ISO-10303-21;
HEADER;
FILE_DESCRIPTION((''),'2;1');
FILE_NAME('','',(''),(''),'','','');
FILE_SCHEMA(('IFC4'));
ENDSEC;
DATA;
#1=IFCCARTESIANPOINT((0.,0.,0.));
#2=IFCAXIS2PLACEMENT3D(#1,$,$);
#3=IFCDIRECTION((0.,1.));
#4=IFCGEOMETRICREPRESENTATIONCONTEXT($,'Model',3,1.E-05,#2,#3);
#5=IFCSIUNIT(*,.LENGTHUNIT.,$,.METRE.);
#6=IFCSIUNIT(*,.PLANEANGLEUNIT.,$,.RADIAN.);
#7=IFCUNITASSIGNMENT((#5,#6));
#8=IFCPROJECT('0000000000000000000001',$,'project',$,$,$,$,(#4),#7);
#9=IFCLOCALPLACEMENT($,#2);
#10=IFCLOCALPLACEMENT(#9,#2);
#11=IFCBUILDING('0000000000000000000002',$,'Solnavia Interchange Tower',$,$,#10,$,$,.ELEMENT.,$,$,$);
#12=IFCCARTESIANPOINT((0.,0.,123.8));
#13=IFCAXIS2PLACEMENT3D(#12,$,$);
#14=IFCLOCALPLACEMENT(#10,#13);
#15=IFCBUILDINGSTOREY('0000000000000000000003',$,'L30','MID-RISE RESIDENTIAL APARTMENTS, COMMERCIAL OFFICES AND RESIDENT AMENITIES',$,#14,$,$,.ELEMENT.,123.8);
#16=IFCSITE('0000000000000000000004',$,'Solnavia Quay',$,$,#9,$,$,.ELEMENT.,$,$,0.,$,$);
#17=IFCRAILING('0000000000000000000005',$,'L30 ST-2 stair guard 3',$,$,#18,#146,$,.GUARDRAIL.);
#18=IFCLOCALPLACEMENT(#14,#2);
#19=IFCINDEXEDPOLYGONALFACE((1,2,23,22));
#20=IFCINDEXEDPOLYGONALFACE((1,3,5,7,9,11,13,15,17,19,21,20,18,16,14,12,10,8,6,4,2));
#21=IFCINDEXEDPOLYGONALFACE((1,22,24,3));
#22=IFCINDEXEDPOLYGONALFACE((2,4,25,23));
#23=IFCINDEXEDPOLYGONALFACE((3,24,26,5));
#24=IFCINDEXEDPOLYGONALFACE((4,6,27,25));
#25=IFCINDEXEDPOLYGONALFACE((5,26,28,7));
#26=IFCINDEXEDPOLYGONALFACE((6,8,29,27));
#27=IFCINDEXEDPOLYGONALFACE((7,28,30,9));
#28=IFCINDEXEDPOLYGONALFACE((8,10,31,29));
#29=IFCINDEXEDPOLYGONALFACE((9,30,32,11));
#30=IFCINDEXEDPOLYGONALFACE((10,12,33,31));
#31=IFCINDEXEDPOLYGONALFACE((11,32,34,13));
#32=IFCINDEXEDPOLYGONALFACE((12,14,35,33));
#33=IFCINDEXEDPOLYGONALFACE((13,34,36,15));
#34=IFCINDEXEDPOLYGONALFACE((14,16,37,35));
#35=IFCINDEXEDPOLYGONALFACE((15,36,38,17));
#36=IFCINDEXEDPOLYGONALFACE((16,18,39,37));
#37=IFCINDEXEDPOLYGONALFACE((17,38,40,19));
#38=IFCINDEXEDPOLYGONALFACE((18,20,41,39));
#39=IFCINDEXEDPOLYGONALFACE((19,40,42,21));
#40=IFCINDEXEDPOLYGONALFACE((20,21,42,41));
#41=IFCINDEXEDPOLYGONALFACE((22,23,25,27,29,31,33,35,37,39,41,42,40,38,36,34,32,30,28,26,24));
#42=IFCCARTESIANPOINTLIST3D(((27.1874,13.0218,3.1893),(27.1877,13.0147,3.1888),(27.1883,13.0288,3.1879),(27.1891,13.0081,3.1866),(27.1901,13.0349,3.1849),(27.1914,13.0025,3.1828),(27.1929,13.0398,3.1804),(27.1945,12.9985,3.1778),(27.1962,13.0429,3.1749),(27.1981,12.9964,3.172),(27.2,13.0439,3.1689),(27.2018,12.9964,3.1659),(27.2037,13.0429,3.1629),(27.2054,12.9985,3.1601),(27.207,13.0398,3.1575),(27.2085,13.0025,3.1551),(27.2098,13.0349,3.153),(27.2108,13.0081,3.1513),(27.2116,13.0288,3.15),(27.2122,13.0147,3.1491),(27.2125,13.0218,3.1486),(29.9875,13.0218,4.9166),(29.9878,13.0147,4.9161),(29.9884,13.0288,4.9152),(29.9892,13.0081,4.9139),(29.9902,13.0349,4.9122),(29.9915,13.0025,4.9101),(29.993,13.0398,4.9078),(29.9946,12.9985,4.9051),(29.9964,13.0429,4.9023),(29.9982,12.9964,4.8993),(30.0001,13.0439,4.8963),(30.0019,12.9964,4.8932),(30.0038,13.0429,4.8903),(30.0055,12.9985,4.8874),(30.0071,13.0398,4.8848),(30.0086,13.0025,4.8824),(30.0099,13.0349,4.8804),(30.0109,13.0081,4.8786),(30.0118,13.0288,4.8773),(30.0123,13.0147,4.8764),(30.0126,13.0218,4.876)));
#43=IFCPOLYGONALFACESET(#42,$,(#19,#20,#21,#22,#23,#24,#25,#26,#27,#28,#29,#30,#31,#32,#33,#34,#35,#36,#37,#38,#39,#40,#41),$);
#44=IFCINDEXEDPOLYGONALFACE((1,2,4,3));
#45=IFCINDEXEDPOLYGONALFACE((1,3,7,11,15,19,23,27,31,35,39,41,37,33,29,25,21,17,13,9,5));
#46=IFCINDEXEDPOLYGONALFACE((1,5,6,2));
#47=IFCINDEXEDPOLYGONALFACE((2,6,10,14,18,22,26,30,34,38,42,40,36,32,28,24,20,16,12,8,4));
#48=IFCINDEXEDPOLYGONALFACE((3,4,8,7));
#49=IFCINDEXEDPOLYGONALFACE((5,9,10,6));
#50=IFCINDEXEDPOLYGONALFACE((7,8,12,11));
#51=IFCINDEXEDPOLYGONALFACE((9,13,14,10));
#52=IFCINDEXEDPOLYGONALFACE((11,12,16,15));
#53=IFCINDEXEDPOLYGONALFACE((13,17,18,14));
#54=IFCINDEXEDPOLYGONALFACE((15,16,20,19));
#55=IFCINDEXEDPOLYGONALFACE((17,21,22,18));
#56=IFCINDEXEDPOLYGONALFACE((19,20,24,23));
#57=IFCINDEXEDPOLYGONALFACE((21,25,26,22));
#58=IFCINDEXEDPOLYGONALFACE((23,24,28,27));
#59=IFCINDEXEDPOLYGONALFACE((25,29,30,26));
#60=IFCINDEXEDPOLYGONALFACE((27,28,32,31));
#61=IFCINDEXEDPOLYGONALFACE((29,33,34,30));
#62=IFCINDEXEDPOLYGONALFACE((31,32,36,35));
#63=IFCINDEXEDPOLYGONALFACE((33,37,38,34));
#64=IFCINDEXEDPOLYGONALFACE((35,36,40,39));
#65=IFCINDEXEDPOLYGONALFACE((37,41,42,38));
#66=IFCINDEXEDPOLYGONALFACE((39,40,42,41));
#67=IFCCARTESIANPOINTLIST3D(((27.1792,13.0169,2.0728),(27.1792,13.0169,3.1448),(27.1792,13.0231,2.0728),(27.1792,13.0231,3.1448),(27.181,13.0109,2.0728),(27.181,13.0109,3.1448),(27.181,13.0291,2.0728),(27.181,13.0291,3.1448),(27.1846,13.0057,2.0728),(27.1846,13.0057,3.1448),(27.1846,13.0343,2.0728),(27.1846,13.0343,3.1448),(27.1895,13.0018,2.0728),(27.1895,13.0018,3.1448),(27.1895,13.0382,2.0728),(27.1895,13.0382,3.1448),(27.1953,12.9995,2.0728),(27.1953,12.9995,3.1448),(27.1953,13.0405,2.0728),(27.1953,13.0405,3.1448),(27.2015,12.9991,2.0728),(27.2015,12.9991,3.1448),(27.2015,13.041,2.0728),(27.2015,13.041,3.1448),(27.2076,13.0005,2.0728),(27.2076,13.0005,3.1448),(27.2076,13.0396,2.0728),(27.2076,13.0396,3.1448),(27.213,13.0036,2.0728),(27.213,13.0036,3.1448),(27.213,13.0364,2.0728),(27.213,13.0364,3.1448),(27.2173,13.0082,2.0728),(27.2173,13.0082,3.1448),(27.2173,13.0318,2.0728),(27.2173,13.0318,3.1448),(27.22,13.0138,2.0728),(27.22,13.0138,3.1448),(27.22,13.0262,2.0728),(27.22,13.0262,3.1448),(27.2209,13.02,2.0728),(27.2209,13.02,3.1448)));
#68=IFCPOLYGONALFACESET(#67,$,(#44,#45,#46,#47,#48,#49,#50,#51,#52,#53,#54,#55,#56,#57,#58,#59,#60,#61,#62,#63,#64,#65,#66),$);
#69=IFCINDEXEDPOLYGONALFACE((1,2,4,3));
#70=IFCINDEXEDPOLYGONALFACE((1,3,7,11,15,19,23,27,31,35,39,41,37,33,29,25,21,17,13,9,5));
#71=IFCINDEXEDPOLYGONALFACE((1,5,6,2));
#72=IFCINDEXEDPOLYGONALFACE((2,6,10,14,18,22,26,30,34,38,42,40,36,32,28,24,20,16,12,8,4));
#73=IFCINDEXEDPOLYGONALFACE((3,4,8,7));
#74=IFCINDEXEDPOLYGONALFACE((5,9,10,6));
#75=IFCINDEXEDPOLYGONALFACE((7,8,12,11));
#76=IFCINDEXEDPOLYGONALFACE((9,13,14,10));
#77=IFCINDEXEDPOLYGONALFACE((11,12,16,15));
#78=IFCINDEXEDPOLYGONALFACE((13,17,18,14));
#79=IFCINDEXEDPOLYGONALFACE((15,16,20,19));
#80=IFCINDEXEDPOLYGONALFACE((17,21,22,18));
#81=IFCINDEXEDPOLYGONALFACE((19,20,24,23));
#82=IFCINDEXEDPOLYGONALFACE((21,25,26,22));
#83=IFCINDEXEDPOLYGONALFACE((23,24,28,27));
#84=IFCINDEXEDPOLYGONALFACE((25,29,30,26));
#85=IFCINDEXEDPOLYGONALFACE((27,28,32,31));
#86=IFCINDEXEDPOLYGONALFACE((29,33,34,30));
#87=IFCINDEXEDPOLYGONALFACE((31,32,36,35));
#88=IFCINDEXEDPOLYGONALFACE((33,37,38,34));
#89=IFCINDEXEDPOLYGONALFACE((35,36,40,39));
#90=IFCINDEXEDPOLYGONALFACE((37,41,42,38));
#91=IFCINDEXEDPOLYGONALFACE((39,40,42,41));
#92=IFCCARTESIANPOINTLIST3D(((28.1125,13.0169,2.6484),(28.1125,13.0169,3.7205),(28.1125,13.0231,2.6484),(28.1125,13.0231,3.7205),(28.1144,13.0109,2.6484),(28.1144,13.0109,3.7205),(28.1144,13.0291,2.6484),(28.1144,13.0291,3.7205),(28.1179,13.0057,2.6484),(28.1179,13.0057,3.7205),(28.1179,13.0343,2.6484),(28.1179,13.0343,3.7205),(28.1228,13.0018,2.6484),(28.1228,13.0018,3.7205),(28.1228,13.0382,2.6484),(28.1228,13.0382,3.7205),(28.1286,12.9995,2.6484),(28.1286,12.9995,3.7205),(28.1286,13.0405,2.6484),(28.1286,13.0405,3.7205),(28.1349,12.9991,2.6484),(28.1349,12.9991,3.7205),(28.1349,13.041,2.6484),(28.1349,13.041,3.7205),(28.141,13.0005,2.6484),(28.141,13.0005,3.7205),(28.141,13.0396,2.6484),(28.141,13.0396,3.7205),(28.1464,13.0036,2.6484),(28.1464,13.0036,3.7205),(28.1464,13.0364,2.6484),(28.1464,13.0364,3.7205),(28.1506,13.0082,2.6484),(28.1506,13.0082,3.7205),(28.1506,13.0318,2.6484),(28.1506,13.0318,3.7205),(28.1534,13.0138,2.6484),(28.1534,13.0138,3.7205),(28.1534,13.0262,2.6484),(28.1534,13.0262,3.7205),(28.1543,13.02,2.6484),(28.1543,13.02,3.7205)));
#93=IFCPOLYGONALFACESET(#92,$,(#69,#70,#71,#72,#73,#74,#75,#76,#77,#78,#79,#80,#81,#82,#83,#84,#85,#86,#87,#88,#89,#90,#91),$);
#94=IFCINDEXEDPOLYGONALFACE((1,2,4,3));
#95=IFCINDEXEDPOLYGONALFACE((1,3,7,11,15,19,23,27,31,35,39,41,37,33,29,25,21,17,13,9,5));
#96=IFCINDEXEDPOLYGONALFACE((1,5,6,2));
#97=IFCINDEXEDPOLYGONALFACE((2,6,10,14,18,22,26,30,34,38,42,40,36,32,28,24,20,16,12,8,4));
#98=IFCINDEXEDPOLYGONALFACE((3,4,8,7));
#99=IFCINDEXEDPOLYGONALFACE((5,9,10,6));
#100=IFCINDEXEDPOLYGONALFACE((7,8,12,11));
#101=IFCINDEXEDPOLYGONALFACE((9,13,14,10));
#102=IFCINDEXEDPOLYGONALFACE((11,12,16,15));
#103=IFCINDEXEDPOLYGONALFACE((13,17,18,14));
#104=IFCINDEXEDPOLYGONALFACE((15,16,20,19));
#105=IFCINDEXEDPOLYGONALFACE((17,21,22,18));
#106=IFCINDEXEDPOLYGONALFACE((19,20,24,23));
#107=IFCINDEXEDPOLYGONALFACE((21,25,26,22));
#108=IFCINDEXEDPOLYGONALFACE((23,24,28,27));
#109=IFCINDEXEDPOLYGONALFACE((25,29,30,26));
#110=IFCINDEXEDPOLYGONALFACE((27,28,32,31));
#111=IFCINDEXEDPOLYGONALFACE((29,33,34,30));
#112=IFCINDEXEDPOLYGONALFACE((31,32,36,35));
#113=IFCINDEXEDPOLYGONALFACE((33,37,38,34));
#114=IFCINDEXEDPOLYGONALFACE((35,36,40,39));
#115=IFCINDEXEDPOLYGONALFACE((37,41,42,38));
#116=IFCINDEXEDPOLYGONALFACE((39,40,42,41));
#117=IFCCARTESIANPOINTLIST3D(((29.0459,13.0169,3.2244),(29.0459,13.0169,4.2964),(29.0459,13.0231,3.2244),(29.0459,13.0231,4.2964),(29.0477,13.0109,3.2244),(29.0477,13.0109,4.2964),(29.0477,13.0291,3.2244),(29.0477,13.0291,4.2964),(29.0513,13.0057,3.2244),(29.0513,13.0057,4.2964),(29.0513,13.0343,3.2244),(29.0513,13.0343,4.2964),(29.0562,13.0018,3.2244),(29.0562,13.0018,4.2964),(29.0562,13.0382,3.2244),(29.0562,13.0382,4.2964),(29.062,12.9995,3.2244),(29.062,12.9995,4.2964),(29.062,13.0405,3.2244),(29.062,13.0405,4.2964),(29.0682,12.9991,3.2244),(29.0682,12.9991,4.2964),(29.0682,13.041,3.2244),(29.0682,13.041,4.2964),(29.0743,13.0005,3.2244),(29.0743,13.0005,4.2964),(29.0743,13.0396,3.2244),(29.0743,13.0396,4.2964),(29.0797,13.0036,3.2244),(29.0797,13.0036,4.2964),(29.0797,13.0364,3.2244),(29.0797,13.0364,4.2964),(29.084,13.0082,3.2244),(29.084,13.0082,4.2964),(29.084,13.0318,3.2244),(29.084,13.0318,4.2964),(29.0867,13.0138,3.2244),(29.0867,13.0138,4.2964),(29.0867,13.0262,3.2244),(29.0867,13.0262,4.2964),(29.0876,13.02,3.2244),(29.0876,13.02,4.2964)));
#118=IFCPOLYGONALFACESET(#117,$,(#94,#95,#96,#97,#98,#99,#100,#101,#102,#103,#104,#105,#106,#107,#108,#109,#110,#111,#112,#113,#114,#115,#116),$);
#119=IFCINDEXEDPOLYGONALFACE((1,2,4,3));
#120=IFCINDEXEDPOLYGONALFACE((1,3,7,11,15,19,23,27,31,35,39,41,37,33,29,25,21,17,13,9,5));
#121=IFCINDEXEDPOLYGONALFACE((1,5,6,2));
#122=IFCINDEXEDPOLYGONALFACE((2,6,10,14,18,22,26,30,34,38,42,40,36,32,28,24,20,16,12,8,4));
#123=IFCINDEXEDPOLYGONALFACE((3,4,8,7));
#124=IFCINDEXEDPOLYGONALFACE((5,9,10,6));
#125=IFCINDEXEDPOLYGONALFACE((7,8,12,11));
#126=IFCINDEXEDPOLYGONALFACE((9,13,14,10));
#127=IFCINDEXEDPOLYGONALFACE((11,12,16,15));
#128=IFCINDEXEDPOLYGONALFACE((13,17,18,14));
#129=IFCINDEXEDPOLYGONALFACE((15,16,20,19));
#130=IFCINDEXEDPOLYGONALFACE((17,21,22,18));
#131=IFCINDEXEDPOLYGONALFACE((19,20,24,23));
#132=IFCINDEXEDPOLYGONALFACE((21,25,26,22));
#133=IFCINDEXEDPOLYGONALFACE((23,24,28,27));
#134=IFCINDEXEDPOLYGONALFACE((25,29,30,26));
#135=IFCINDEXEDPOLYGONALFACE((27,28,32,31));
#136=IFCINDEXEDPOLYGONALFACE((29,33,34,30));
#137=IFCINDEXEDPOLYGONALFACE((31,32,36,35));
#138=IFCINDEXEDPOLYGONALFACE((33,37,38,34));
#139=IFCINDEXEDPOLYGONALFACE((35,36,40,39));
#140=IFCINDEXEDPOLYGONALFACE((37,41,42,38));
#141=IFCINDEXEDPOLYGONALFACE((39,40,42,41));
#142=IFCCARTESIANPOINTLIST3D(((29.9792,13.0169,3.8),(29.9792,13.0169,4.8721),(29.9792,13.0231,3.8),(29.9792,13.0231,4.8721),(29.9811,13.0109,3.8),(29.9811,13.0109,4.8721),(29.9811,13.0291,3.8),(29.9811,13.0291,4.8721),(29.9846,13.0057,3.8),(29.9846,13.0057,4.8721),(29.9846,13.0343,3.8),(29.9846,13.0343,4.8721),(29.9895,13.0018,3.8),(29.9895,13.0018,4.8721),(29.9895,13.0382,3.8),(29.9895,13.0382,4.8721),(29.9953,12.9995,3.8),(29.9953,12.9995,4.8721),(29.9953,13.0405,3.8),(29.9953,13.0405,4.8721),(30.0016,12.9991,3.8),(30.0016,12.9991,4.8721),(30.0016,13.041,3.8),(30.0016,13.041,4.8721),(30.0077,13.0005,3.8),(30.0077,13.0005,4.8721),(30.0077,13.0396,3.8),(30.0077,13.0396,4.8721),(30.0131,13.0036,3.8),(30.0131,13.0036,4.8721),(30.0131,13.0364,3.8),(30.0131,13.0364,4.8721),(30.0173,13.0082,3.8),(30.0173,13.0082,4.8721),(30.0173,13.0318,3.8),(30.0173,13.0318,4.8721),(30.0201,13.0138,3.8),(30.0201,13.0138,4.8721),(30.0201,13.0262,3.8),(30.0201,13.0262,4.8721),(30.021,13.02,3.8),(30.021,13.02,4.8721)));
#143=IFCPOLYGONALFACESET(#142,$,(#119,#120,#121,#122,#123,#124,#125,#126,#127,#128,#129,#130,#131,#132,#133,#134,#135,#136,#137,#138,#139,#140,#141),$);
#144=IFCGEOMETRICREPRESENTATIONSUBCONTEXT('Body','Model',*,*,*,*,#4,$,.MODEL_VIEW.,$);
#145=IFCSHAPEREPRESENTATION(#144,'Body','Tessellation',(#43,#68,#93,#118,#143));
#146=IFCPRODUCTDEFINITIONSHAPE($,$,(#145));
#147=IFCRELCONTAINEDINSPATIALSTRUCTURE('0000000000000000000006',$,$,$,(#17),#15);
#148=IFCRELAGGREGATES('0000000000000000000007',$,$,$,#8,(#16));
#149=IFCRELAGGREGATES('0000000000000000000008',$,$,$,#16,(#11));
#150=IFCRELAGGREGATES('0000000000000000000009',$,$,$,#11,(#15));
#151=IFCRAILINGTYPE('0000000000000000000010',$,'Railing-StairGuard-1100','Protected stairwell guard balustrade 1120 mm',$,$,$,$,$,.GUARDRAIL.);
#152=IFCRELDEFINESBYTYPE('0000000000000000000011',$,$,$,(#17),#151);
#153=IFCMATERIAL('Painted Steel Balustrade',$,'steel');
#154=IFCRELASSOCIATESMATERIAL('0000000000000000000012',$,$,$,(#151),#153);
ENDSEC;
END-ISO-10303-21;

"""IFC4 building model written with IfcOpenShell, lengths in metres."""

from ifc_helpers import new_model, si_unit, direction, frame, origin, origin_2d, place, context, subcontext, project, spatial, circle, extrude, material, type_object, element, save


model = new_model("IFC4")

# Units and contexts
model_context = context("Model", 3, precision=1e-05, world=origin(), true_north=direction((0.0, 1.0)))
body_context = subcontext(model_context, "Body", "Model", "MODEL_VIEW")
ifc_project = project(units=[si_unit("LENGTHUNIT", "METRE"), si_unit("PLANEANGLEUNIT", "RADIAN")], contexts=[model_context])

# Site, building, storey
site_placement = place(None, origin())
site = spatial("IfcSite", under=ifc_project, at=site_placement, Name="Solnavia Quay", CompositionType="ELEMENT", RefElevation=0.0)
building_placement = place(site_placement, origin())
building = spatial("IfcBuilding", under=site, at=building_placement, Name="Solnavia Interchange Tower", CompositionType="ELEMENT")
storey_placement = place(building_placement, frame((0.0, 0.0, 123.8)))
storey = spatial("IfcBuildingStorey", under=building, at=storey_placement, Name="L30", Description="MID-RISE RESIDENTIAL APARTMENTS, COMMERCIAL OFFICES AND RESIDENT AMENITIES", CompositionType="ELEMENT", Elevation=123.8)

# Railing
ifc_material_1 = material(Name="Painted Steel Balustrade", Category="steel")
railing_type_1 = type_object("IfcRailingType", Name="Railing-StairGuard-1100", Description="Protected stairwell guard balustrade 1120 mm", PredefinedType="GUARDRAIL", material=ifc_material_1)
railing_1_placement = place(storey_placement, frame((27.2, 13.02, 2.0728)))
element("IfcRailing", 1, at=railing_1_placement, inside=storey, type_object=railing_type_1, Name="L30 ST-2 stair guard 3", PredefinedType="GUARDRAIL", context=body_context, shape_type="SweptSolid", body=[
    extrude(circle(Radius=0.0239, at=origin_2d()), frame((0.0, 0.0, 1.0962), z_axis=(0.85109, 0.0, 0.52502), x_axis=(0.0, 1.0, 0.0)), (0.0, 0.0, 1.0), 3.29),
    extrude(circle(Radius=0.021, at=origin_2d()), origin(), (0.0, 0.0, 1.0), 1.072),
    extrude(circle(Radius=0.021, at=origin_2d()), frame((0.9333, 0.0, 0.5757)), (0.0, 0.0, 1.0), 1.072),
    extrude(circle(Radius=0.021, at=origin_2d()), frame((1.8667, 0.0, 1.1516)), (0.0, 0.0, 1.0), 1.072),
    extrude(circle(Radius=0.021, at=origin_2d()), frame((2.8, 0.0, 1.7273)), (0.0, 0.0, 1.0), 1.072),
])

save(model, "model.ifc")
